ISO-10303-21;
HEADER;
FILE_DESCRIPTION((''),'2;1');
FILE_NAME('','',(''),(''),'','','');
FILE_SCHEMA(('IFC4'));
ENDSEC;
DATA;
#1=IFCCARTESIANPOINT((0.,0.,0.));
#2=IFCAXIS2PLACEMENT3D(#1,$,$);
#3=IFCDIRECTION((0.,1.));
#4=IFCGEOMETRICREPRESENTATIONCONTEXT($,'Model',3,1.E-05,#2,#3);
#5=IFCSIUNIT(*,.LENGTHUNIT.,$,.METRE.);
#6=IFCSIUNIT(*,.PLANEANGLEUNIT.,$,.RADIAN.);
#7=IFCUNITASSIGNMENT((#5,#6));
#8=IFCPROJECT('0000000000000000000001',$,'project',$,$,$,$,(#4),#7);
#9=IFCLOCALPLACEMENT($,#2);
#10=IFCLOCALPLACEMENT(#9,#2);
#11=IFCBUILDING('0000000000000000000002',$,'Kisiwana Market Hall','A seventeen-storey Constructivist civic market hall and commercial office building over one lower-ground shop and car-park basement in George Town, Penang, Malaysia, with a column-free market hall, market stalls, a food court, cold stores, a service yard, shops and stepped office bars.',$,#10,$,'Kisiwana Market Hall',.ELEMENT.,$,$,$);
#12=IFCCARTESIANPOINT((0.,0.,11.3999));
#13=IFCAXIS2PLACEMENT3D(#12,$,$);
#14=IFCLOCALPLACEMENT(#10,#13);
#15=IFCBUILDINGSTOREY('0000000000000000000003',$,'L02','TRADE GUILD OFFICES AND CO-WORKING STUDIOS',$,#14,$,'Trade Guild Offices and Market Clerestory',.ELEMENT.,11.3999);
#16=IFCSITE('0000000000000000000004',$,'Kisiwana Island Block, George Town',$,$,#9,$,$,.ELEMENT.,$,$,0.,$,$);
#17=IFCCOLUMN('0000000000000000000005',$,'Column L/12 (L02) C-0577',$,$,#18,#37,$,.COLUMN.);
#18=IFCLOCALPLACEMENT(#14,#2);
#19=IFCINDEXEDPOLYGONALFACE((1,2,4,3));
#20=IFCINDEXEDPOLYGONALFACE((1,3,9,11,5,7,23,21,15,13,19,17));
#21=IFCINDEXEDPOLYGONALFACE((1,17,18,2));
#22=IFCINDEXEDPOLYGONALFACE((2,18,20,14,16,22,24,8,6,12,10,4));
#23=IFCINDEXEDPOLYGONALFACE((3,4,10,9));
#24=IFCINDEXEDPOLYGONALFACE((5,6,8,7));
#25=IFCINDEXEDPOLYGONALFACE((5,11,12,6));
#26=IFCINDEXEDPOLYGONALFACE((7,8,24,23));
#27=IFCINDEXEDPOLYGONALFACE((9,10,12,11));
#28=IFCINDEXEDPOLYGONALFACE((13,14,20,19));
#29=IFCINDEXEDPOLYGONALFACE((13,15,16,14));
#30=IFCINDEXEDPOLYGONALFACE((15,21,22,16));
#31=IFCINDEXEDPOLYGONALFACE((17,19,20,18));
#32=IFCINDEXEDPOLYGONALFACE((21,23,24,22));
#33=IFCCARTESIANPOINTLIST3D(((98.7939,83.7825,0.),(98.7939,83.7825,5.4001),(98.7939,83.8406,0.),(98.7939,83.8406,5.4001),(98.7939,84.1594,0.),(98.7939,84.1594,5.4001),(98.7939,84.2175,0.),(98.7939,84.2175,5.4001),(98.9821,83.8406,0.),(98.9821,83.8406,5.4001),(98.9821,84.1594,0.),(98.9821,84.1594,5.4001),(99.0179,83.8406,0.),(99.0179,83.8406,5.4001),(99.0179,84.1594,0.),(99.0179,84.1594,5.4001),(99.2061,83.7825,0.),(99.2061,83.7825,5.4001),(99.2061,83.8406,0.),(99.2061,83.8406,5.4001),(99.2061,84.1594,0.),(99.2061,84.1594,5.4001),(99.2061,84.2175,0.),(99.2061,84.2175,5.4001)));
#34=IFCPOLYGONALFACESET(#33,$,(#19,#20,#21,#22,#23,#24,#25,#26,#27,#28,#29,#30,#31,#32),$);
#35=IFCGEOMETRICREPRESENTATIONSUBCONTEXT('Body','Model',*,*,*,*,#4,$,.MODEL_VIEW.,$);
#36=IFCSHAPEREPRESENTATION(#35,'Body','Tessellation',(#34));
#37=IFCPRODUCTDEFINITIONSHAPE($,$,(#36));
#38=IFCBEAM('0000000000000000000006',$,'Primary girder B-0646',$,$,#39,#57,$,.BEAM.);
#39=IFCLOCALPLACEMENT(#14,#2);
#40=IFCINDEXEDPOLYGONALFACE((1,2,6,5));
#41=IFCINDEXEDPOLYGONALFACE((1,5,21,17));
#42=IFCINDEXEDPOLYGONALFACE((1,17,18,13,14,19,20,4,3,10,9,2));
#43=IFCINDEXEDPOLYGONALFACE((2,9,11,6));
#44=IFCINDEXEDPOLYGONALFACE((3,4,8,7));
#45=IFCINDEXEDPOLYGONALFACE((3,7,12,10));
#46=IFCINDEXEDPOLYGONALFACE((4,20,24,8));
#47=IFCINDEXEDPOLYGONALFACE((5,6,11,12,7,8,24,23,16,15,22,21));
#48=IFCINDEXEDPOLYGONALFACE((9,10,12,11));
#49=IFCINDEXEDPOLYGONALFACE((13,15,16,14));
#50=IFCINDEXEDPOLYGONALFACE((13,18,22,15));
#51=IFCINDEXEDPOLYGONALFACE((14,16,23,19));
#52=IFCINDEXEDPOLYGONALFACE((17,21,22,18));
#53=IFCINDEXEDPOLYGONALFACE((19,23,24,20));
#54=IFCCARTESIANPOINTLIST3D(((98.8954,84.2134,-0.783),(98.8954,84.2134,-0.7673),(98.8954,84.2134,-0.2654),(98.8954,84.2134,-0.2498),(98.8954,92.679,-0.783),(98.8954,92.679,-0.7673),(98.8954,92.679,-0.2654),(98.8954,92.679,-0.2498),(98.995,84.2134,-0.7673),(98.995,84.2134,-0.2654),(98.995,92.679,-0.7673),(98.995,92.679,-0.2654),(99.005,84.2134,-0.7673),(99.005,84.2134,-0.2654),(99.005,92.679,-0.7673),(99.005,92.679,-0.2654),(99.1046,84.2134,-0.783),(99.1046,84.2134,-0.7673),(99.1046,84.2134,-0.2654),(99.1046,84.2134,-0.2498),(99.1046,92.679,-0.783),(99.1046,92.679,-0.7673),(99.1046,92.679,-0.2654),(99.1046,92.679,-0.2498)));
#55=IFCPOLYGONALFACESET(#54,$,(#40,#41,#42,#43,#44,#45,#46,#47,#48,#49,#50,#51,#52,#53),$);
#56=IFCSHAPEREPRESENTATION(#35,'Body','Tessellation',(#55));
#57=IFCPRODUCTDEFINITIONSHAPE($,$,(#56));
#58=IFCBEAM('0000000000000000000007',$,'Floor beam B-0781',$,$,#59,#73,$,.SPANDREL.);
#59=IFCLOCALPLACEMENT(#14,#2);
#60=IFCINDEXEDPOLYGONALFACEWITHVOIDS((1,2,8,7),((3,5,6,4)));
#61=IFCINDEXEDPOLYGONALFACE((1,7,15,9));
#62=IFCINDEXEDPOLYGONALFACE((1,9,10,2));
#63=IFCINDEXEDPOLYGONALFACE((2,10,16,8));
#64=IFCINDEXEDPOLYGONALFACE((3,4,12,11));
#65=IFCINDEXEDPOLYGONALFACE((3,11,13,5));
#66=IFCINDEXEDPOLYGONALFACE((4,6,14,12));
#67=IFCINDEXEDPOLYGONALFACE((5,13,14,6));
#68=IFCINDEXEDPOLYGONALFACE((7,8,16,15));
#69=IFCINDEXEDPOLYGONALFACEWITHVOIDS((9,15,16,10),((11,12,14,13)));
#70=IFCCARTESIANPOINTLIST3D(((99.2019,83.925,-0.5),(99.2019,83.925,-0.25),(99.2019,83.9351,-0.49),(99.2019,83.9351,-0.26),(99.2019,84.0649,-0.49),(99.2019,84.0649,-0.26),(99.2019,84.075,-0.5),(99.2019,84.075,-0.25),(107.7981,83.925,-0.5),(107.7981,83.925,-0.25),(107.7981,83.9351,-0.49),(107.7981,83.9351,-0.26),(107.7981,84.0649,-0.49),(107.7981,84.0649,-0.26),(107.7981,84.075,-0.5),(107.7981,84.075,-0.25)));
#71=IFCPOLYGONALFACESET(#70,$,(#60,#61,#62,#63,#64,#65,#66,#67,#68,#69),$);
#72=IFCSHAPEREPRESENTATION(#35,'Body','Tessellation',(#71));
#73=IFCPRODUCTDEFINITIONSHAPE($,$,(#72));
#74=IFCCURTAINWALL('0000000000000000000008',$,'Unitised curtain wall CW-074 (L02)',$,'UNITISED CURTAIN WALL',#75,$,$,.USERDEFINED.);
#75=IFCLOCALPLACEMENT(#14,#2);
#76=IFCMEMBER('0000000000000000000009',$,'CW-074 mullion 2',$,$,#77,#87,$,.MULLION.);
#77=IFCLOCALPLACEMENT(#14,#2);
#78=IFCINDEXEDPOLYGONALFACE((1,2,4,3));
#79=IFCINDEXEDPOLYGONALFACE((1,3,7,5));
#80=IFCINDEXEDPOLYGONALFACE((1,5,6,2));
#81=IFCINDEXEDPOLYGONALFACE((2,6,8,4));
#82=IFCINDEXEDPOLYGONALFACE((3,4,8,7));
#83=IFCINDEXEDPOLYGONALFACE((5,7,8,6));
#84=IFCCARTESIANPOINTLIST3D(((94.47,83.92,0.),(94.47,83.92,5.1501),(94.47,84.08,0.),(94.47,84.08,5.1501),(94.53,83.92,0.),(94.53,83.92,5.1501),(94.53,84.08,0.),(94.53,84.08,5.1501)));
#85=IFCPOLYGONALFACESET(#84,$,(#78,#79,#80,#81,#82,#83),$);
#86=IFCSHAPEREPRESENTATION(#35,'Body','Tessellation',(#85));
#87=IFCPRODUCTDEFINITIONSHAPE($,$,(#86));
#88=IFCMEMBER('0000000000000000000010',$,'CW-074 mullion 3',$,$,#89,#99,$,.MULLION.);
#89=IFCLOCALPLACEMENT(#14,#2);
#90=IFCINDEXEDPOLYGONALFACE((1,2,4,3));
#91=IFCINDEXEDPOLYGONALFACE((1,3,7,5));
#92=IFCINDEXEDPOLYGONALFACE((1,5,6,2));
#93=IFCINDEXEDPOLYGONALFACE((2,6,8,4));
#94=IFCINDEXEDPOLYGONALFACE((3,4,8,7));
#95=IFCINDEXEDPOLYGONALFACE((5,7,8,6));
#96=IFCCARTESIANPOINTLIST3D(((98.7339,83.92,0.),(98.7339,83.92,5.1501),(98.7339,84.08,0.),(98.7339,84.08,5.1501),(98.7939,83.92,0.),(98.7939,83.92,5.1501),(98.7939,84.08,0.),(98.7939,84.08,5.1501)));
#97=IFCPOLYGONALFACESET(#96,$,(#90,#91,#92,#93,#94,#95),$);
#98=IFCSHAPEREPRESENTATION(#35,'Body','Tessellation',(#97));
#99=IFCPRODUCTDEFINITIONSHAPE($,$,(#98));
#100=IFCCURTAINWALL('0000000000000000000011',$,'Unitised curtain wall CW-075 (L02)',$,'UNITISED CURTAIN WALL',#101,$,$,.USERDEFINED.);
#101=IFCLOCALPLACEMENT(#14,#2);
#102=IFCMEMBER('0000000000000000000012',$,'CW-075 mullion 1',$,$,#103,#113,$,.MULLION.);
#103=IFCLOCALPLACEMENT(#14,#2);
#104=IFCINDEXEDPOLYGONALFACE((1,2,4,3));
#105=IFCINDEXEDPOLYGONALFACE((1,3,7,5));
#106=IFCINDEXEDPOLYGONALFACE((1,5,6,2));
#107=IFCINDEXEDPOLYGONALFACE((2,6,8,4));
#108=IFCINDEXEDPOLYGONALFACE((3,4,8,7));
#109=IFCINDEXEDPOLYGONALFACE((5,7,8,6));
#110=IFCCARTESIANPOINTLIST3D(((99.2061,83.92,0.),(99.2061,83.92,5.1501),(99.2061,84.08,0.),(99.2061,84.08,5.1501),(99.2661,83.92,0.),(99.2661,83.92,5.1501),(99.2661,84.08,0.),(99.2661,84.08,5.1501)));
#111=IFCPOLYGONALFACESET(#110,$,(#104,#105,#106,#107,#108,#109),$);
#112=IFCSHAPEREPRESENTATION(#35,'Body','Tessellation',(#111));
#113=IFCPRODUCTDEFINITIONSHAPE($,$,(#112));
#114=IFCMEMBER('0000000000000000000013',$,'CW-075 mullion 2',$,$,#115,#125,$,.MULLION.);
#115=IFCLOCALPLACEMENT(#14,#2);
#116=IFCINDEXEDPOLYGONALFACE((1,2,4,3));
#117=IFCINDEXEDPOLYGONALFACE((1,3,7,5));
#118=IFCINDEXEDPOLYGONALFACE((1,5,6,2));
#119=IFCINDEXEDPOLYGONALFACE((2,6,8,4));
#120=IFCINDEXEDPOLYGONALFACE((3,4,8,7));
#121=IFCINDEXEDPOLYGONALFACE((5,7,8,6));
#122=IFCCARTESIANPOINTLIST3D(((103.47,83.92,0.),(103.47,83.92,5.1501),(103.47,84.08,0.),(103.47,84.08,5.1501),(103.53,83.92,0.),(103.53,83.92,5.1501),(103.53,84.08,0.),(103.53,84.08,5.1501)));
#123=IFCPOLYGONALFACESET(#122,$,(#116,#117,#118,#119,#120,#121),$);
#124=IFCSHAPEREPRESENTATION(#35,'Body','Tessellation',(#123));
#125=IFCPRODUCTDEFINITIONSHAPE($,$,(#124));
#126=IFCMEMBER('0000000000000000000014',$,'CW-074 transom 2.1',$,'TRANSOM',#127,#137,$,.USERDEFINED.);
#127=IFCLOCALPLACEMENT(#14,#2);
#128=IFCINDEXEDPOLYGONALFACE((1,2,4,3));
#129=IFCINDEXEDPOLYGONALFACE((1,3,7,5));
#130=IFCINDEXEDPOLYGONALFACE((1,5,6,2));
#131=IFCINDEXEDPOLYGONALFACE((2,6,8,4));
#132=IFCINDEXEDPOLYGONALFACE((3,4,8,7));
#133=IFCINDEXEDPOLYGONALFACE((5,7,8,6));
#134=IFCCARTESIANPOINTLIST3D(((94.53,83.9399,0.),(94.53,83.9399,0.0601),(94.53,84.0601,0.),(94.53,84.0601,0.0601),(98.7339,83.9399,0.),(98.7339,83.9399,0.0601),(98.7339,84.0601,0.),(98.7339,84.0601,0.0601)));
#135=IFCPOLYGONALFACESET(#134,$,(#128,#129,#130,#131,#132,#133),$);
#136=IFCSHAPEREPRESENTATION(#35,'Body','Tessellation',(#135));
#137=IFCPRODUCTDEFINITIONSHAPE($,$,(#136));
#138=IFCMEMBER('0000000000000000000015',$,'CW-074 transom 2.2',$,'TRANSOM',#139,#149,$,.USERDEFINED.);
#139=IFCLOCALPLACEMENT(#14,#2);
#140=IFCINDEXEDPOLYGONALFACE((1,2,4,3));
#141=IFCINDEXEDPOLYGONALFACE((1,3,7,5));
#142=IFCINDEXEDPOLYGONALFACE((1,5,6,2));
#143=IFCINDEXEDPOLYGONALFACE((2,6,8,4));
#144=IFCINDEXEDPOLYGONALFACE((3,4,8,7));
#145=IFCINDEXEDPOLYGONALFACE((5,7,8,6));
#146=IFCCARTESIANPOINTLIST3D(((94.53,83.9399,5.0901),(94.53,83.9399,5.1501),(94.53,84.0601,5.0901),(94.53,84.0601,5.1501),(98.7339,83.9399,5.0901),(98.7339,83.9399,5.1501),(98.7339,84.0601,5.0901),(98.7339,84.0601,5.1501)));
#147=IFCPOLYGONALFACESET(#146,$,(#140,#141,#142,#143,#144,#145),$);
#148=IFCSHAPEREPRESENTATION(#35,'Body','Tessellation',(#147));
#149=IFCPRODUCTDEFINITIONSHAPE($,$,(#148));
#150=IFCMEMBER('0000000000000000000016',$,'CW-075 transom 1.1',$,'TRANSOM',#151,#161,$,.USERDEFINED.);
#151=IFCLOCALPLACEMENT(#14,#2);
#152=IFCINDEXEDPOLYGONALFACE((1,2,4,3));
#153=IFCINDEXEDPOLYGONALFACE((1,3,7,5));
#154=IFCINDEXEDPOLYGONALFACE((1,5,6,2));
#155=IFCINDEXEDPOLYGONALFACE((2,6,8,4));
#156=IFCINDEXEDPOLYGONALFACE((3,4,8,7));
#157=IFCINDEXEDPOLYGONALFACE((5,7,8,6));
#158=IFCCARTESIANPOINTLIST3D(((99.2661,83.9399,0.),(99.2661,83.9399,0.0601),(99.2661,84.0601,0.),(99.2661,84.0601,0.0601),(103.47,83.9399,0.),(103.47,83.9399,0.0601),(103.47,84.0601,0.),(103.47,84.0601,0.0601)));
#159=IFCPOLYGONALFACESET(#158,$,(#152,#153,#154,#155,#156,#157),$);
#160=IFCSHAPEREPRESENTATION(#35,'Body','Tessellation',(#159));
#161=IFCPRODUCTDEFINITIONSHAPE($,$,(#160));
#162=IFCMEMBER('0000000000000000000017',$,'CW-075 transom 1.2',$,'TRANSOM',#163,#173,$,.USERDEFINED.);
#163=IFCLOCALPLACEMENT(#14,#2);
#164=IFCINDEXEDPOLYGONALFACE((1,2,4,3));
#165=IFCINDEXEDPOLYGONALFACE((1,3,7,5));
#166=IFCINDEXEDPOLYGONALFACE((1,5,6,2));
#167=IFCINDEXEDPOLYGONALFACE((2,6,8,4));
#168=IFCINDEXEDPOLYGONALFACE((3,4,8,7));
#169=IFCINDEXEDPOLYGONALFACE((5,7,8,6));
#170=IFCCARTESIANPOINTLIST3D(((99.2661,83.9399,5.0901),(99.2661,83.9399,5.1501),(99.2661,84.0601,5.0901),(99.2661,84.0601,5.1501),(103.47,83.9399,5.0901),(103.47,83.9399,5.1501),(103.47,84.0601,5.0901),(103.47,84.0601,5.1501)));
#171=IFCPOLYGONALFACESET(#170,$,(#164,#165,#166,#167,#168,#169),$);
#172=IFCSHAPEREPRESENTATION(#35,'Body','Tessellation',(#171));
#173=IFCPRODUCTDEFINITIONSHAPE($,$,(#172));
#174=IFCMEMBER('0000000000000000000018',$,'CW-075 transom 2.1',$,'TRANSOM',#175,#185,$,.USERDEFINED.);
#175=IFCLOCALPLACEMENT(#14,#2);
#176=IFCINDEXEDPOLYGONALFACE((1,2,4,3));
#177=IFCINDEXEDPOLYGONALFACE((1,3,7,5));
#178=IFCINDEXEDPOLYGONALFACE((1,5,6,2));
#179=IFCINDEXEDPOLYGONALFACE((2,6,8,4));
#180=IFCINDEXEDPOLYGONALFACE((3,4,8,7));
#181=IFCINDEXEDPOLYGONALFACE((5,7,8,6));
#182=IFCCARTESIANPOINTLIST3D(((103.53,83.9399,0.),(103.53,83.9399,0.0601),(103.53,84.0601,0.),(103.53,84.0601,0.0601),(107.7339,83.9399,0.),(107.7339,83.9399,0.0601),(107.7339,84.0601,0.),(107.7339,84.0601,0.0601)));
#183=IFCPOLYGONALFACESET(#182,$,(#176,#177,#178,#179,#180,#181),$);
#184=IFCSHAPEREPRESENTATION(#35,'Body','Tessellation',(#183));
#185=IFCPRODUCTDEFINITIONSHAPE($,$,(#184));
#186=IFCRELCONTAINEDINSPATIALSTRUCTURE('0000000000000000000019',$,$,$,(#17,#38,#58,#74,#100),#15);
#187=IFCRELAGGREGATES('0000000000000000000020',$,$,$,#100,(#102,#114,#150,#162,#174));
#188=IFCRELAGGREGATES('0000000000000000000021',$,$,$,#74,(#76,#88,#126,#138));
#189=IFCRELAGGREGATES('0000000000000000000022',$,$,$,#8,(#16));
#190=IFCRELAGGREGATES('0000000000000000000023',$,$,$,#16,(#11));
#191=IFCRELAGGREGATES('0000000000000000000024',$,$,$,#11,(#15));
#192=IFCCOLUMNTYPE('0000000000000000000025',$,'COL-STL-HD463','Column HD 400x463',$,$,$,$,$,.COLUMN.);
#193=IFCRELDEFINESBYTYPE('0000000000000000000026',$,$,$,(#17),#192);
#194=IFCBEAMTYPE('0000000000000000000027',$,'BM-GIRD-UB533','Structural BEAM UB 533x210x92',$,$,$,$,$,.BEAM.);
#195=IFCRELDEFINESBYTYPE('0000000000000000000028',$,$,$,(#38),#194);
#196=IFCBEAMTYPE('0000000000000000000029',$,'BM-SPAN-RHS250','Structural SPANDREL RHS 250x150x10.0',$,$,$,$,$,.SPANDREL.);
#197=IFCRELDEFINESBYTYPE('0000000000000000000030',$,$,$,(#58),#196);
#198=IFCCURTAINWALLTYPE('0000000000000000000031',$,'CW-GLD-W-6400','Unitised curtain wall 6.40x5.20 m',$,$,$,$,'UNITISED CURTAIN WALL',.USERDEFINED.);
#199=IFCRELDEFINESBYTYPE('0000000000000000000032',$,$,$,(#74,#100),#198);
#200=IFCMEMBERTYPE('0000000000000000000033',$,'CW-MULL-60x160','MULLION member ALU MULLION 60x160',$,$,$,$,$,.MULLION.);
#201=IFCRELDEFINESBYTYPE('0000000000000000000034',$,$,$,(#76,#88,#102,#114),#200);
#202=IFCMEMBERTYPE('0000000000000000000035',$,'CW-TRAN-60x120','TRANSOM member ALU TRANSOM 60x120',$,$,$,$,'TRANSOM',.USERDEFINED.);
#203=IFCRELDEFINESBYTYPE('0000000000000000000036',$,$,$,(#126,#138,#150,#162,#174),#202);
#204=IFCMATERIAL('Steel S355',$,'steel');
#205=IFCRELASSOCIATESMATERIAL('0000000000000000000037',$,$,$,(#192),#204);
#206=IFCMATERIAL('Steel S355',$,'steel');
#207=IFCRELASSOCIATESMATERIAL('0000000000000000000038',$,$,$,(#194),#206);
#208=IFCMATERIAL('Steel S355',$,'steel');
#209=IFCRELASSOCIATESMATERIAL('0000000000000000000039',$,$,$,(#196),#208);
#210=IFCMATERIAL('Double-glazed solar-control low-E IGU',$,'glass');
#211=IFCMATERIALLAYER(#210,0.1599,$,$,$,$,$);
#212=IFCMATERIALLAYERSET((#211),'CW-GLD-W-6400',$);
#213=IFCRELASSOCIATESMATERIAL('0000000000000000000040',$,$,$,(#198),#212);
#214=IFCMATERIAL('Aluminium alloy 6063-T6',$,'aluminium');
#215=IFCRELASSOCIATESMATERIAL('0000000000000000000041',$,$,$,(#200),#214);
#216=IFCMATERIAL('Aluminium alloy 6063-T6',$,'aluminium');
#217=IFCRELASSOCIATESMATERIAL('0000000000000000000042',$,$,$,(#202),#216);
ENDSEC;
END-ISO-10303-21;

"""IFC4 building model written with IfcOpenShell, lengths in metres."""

from ifc_helpers import new_model, si_unit, direction, frame, origin, origin_2d, place, context, subcontext, project, spatial, rectangle, hollow_rectangle, i_section, extrude, material, layer, layer_set, material_profile, profile_set, type_object, element, aggregate, save


model = new_model("IFC4")

# Units and contexts
model_context = context("Model", 3, precision=1e-05, world=origin(), true_north=direction((0.0, 1.0)))
body_context = subcontext(model_context, "Body", "Model", "MODEL_VIEW")
ifc_project = project(units=[si_unit("LENGTHUNIT", "METRE"), si_unit("PLANEANGLEUNIT", "RADIAN")], contexts=[model_context])

# Site, building, storey
site_placement = place(None, origin())
site = spatial("IfcSite", under=ifc_project, at=site_placement, Name="Kisiwana Island Block, George Town", CompositionType="ELEMENT", RefElevation=0.0)
building_placement = place(site_placement, origin())
building = spatial("IfcBuilding", under=site, at=building_placement, Name="Kisiwana Market Hall", Description="A seventeen-storey Constructivist civic market hall and commercial office building over one lower-ground shop and car-park basement in George Town, Penang, Malaysia, with a column-free market hall, market stalls, a food court, cold stores, a service yard, shops and stepped office bars.", LongName="Kisiwana Market Hall", CompositionType="ELEMENT")
storey_placement = place(building_placement, frame((0.0, 0.0, 11.3999)))
storey = spatial("IfcBuildingStorey", under=building, at=storey_placement, Name="L02", Description="TRADE GUILD OFFICES AND CO-WORKING STUDIOS", LongName="Trade Guild Offices and Market Clerestory", CompositionType="ELEMENT", Elevation=11.3999)

# Column
ifc_material_1 = material(Name="Steel S355", Category="steel")
ifc_material_profile_1 = material_profile(ifc_material_1, i_section(OverallWidth=0.4121, OverallDepth=0.4351, WebThickness=0.0359, FlangeThickness=0.0581, at=origin_2d()), Name="HD 400x463")
ifc_profile_set_1 = profile_set([ifc_material_profile_1], Name="Steel S355")
column_type = type_object("IfcColumnType", Name="COL-STL-HD463", Description="Column HD 400x463", PredefinedType="COLUMN", material=ifc_profile_set_1)
column_placement = place(storey_placement, frame((99.0, 84.0, 0.0), z_axis=(0.0, 0.0, 1.0), x_axis=(1.0, 0.0, 0.0)))
element("IfcColumn", 1, at=column_placement, inside=storey, type_object=column_type, Name="Column L/12 (L02) C-0577", PredefinedType="COLUMN", context=body_context, shape_type="SweptSolid", body=[
    extrude(i_section(OverallWidth=0.4121, OverallDepth=0.4351, WebThickness=0.0359, FlangeThickness=0.0581, at=origin_2d()), origin(), (0.0, 0.0, 1.0), 5.4001),
])

# Beams
ifc_material_2 = material(Name="Steel S355", Category="steel")
ifc_material_profile_2 = material_profile(ifc_material_2, i_section(OverallWidth=0.2092, OverallDepth=0.5332, WebThickness=0.01, FlangeThickness=0.0156, at=origin_2d()), Name="UB 533x210x92")
ifc_profile_set_2 = profile_set([ifc_material_profile_2], Name="Steel S355")
beam_type_1 = type_object("IfcBeamType", Name="BM-GIRD-UB533", Description="Structural BEAM UB 533x210x92", PredefinedType="BEAM", material=ifc_profile_set_2)
beam_1_placement = place(storey_placement, frame((99.0, 84.2134, -0.5164), z_axis=(0.0, 1.0, 0.0), x_axis=(-1.0, 0.0, 0.0)))
element("IfcBeam", 2, at=beam_1_placement, inside=storey, type_object=beam_type_1, Name="Primary girder B-0646", PredefinedType="BEAM", context=body_context, shape_type="SweptSolid", body=[
    extrude(i_section(OverallWidth=0.2092, OverallDepth=0.5332, WebThickness=0.01, FlangeThickness=0.0156, at=origin_2d()), origin(), (0.0, 0.0, 1.0), 8.4656),
])
ifc_material_3 = material(Name="Steel S355", Category="steel")
ifc_material_profile_3 = material_profile(ifc_material_3, hollow_rectangle(XDim=0.1499, YDim=0.25, WallThickness=0.01, at=origin_2d()), Name="RHS 250x150x10.0")
ifc_profile_set_3 = profile_set([ifc_material_profile_3], Name="Steel S355")
beam_type_2 = type_object("IfcBeamType", Name="BM-SPAN-RHS250", Description="Structural SPANDREL RHS 250x150x10.0", PredefinedType="SPANDREL", material=ifc_profile_set_3)
beam_2_placement = place(storey_placement, frame((99.2019, 84.0, -0.375), z_axis=(1.0, 0.0, 0.0), x_axis=(0.0, 1.0, 0.0)))
element("IfcBeam", 3, at=beam_2_placement, inside=storey, type_object=beam_type_2, Name="Floor beam B-0781", PredefinedType="SPANDREL", context=body_context, shape_type="SweptSolid", body=[
    extrude(hollow_rectangle(XDim=0.1499, YDim=0.25, WallThickness=0.01, at=origin_2d()), origin(), (0.0, 0.0, 1.0), 8.5962),
])

# Curtain walls, members
ifc_material_4 = material(Name="Double-glazed solar-control low-E IGU", Category="glass")
ifc_layer_1 = layer(ifc_material_4, 0.1599)
ifc_layer_set_1 = layer_set([ifc_layer_1], Name="CW-GLD-W-6400")
curtain_wall_type = type_object("IfcCurtainWallType", Name="CW-GLD-W-6400", Description="Unitised curtain wall 6.40x5.20 m", ElementType="UNITISED CURTAIN WALL", PredefinedType="USERDEFINED", material=ifc_layer_set_1)
curtain_wall_1_placement = place(storey_placement, origin())
curtain_wall_1 = element("IfcCurtainWall", 4, at=curtain_wall_1_placement, inside=storey, type_object=curtain_wall_type, Name="Unitised curtain wall CW-074 (L02)", ObjectType="UNITISED CURTAIN WALL", PredefinedType="USERDEFINED")
ifc_material_5 = material(Name="Aluminium alloy 6063-T6", Category="aluminium")
ifc_material_profile_4 = material_profile(ifc_material_5, rectangle(XDim=0.0601, YDim=0.1599, at=origin_2d()), Name="ALU MULLION 60x160")
ifc_profile_set_4 = profile_set([ifc_material_profile_4], Name="Aluminium alloy 6063-T6")
member_type_1 = type_object("IfcMemberType", Name="CW-MULL-60x160", Description="MULLION member ALU MULLION 60x160", PredefinedType="MULLION", material=ifc_profile_set_4)
member_1_placement = place(storey_placement, frame((94.5, 84.0, 0.0), z_axis=(0.0, 0.0, 1.0), x_axis=(1.0, 0.0, 0.0)))
member_1 = element("IfcMember", 5, at=member_1_placement, type_object=member_type_1, Name="CW-074 mullion 2", PredefinedType="MULLION", context=body_context, shape_type="SweptSolid", body=[
    extrude(rectangle(XDim=0.0601, YDim=0.1599, at=origin_2d()), origin(), (0.0, 0.0, 1.0), 5.1501),
])
member_2_placement = place(storey_placement, frame((98.7639, 84.0, 0.0), z_axis=(0.0, 0.0, 1.0), x_axis=(1.0, 0.0, 0.0)))
member_2 = element("IfcMember", 6, at=member_2_placement, type_object=member_type_1, Name="CW-074 mullion 3", PredefinedType="MULLION", context=body_context, shape_type="SweptSolid", body=[
    extrude(rectangle(XDim=0.0601, YDim=0.1599, at=origin_2d()), origin(), (0.0, 0.0, 1.0), 5.1501),
])
curtain_wall_2_placement = place(storey_placement, origin())
curtain_wall_2 = element("IfcCurtainWall", 7, at=curtain_wall_2_placement, inside=storey, type_object=curtain_wall_type, Name="Unitised curtain wall CW-075 (L02)", ObjectType="UNITISED CURTAIN WALL", PredefinedType="USERDEFINED")
member_3_placement = place(storey_placement, frame((99.2361, 84.0, 0.0), z_axis=(0.0, 0.0, 1.0), x_axis=(1.0, 0.0, 0.0)))
member_3 = element("IfcMember", 8, at=member_3_placement, type_object=member_type_1, Name="CW-075 mullion 1", PredefinedType="MULLION", context=body_context, shape_type="SweptSolid", body=[
    extrude(rectangle(XDim=0.0601, YDim=0.1599, at=origin_2d()), origin(), (0.0, 0.0, 1.0), 5.1501),
])
member_4_placement = place(storey_placement, frame((103.5, 84.0, 0.0), z_axis=(0.0, 0.0, 1.0), x_axis=(1.0, 0.0, 0.0)))
member_4 = element("IfcMember", 9, at=member_4_placement, type_object=member_type_1, Name="CW-075 mullion 2", PredefinedType="MULLION", context=body_context, shape_type="SweptSolid", body=[
    extrude(rectangle(XDim=0.0601, YDim=0.1599, at=origin_2d()), origin(), (0.0, 0.0, 1.0), 5.1501),
])

# Members
ifc_material_6 = material(Name="Aluminium alloy 6063-T6", Category="aluminium")
ifc_material_profile_5 = material_profile(ifc_material_6, rectangle(XDim=0.1201, YDim=0.0601, at=origin_2d()), Name="ALU TRANSOM 60x120")
ifc_profile_set_5 = profile_set([ifc_material_profile_5], Name="Aluminium alloy 6063-T6")
member_type_2 = type_object("IfcMemberType", Name="CW-TRAN-60x120", Description="TRANSOM member ALU TRANSOM 60x120", ElementType="TRANSOM", PredefinedType="USERDEFINED", material=ifc_profile_set_5)
member_5_placement = place(storey_placement, frame((94.53, 84.0, 0.03), z_axis=(1.0, 0.0, 0.0), x_axis=(0.0, 1.0, 0.0)))
member_5 = element("IfcMember", 10, at=member_5_placement, type_object=member_type_2, Name="CW-074 transom 2.1", ObjectType="TRANSOM", PredefinedType="USERDEFINED", context=body_context, shape_type="SweptSolid", body=[
    extrude(rectangle(XDim=0.1201, YDim=0.0601, at=origin_2d()), origin(), (0.0, 0.0, 1.0), 4.2039),
])
member_6_placement = place(storey_placement, frame((94.53, 84.0, 5.1201), z_axis=(1.0, 0.0, 0.0), x_axis=(0.0, 1.0, 0.0)))
member_6 = element("IfcMember", 11, at=member_6_placement, type_object=member_type_2, Name="CW-074 transom 2.2", ObjectType="TRANSOM", PredefinedType="USERDEFINED", context=body_context, shape_type="SweptSolid", body=[
    extrude(rectangle(XDim=0.1201, YDim=0.0601, at=origin_2d()), origin(), (0.0, 0.0, 1.0), 4.2039),
])
member_7_placement = place(storey_placement, frame((99.2661, 84.0, 0.03), z_axis=(1.0, 0.0, 0.0), x_axis=(0.0, 1.0, 0.0)))
member_7 = element("IfcMember", 12, at=member_7_placement, type_object=member_type_2, Name="CW-075 transom 1.1", ObjectType="TRANSOM", PredefinedType="USERDEFINED", context=body_context, shape_type="SweptSolid", body=[
    extrude(rectangle(XDim=0.1201, YDim=0.0601, at=origin_2d()), origin(), (0.0, 0.0, 1.0), 4.2039),
])
member_8_placement = place(storey_placement, frame((99.2661, 84.0, 5.1201), z_axis=(1.0, 0.0, 0.0), x_axis=(0.0, 1.0, 0.0)))
member_8 = element("IfcMember", 13, at=member_8_placement, type_object=member_type_2, Name="CW-075 transom 1.2", ObjectType="TRANSOM", PredefinedType="USERDEFINED", context=body_context, shape_type="SweptSolid", body=[
    extrude(rectangle(XDim=0.1201, YDim=0.0601, at=origin_2d()), origin(), (0.0, 0.0, 1.0), 4.2039),
])
member_9_placement = place(storey_placement, frame((103.53, 84.0, 0.03), z_axis=(1.0, 0.0, 0.0), x_axis=(0.0, 1.0, 0.0)))
member_9 = element("IfcMember", 14, at=member_9_placement, type_object=member_type_2, Name="CW-075 transom 2.1", ObjectType="TRANSOM", PredefinedType="USERDEFINED", context=body_context, shape_type="SweptSolid", body=[
    extrude(rectangle(XDim=0.1201, YDim=0.0601, at=origin_2d()), origin(), (0.0, 0.0, 1.0), 4.2039),
])

aggregate(curtain_wall_2, [member_3, member_4, member_7, member_8, member_9])
aggregate(curtain_wall_1, [member_1, member_2, member_5, member_6])

save(model, "model.ifc")
